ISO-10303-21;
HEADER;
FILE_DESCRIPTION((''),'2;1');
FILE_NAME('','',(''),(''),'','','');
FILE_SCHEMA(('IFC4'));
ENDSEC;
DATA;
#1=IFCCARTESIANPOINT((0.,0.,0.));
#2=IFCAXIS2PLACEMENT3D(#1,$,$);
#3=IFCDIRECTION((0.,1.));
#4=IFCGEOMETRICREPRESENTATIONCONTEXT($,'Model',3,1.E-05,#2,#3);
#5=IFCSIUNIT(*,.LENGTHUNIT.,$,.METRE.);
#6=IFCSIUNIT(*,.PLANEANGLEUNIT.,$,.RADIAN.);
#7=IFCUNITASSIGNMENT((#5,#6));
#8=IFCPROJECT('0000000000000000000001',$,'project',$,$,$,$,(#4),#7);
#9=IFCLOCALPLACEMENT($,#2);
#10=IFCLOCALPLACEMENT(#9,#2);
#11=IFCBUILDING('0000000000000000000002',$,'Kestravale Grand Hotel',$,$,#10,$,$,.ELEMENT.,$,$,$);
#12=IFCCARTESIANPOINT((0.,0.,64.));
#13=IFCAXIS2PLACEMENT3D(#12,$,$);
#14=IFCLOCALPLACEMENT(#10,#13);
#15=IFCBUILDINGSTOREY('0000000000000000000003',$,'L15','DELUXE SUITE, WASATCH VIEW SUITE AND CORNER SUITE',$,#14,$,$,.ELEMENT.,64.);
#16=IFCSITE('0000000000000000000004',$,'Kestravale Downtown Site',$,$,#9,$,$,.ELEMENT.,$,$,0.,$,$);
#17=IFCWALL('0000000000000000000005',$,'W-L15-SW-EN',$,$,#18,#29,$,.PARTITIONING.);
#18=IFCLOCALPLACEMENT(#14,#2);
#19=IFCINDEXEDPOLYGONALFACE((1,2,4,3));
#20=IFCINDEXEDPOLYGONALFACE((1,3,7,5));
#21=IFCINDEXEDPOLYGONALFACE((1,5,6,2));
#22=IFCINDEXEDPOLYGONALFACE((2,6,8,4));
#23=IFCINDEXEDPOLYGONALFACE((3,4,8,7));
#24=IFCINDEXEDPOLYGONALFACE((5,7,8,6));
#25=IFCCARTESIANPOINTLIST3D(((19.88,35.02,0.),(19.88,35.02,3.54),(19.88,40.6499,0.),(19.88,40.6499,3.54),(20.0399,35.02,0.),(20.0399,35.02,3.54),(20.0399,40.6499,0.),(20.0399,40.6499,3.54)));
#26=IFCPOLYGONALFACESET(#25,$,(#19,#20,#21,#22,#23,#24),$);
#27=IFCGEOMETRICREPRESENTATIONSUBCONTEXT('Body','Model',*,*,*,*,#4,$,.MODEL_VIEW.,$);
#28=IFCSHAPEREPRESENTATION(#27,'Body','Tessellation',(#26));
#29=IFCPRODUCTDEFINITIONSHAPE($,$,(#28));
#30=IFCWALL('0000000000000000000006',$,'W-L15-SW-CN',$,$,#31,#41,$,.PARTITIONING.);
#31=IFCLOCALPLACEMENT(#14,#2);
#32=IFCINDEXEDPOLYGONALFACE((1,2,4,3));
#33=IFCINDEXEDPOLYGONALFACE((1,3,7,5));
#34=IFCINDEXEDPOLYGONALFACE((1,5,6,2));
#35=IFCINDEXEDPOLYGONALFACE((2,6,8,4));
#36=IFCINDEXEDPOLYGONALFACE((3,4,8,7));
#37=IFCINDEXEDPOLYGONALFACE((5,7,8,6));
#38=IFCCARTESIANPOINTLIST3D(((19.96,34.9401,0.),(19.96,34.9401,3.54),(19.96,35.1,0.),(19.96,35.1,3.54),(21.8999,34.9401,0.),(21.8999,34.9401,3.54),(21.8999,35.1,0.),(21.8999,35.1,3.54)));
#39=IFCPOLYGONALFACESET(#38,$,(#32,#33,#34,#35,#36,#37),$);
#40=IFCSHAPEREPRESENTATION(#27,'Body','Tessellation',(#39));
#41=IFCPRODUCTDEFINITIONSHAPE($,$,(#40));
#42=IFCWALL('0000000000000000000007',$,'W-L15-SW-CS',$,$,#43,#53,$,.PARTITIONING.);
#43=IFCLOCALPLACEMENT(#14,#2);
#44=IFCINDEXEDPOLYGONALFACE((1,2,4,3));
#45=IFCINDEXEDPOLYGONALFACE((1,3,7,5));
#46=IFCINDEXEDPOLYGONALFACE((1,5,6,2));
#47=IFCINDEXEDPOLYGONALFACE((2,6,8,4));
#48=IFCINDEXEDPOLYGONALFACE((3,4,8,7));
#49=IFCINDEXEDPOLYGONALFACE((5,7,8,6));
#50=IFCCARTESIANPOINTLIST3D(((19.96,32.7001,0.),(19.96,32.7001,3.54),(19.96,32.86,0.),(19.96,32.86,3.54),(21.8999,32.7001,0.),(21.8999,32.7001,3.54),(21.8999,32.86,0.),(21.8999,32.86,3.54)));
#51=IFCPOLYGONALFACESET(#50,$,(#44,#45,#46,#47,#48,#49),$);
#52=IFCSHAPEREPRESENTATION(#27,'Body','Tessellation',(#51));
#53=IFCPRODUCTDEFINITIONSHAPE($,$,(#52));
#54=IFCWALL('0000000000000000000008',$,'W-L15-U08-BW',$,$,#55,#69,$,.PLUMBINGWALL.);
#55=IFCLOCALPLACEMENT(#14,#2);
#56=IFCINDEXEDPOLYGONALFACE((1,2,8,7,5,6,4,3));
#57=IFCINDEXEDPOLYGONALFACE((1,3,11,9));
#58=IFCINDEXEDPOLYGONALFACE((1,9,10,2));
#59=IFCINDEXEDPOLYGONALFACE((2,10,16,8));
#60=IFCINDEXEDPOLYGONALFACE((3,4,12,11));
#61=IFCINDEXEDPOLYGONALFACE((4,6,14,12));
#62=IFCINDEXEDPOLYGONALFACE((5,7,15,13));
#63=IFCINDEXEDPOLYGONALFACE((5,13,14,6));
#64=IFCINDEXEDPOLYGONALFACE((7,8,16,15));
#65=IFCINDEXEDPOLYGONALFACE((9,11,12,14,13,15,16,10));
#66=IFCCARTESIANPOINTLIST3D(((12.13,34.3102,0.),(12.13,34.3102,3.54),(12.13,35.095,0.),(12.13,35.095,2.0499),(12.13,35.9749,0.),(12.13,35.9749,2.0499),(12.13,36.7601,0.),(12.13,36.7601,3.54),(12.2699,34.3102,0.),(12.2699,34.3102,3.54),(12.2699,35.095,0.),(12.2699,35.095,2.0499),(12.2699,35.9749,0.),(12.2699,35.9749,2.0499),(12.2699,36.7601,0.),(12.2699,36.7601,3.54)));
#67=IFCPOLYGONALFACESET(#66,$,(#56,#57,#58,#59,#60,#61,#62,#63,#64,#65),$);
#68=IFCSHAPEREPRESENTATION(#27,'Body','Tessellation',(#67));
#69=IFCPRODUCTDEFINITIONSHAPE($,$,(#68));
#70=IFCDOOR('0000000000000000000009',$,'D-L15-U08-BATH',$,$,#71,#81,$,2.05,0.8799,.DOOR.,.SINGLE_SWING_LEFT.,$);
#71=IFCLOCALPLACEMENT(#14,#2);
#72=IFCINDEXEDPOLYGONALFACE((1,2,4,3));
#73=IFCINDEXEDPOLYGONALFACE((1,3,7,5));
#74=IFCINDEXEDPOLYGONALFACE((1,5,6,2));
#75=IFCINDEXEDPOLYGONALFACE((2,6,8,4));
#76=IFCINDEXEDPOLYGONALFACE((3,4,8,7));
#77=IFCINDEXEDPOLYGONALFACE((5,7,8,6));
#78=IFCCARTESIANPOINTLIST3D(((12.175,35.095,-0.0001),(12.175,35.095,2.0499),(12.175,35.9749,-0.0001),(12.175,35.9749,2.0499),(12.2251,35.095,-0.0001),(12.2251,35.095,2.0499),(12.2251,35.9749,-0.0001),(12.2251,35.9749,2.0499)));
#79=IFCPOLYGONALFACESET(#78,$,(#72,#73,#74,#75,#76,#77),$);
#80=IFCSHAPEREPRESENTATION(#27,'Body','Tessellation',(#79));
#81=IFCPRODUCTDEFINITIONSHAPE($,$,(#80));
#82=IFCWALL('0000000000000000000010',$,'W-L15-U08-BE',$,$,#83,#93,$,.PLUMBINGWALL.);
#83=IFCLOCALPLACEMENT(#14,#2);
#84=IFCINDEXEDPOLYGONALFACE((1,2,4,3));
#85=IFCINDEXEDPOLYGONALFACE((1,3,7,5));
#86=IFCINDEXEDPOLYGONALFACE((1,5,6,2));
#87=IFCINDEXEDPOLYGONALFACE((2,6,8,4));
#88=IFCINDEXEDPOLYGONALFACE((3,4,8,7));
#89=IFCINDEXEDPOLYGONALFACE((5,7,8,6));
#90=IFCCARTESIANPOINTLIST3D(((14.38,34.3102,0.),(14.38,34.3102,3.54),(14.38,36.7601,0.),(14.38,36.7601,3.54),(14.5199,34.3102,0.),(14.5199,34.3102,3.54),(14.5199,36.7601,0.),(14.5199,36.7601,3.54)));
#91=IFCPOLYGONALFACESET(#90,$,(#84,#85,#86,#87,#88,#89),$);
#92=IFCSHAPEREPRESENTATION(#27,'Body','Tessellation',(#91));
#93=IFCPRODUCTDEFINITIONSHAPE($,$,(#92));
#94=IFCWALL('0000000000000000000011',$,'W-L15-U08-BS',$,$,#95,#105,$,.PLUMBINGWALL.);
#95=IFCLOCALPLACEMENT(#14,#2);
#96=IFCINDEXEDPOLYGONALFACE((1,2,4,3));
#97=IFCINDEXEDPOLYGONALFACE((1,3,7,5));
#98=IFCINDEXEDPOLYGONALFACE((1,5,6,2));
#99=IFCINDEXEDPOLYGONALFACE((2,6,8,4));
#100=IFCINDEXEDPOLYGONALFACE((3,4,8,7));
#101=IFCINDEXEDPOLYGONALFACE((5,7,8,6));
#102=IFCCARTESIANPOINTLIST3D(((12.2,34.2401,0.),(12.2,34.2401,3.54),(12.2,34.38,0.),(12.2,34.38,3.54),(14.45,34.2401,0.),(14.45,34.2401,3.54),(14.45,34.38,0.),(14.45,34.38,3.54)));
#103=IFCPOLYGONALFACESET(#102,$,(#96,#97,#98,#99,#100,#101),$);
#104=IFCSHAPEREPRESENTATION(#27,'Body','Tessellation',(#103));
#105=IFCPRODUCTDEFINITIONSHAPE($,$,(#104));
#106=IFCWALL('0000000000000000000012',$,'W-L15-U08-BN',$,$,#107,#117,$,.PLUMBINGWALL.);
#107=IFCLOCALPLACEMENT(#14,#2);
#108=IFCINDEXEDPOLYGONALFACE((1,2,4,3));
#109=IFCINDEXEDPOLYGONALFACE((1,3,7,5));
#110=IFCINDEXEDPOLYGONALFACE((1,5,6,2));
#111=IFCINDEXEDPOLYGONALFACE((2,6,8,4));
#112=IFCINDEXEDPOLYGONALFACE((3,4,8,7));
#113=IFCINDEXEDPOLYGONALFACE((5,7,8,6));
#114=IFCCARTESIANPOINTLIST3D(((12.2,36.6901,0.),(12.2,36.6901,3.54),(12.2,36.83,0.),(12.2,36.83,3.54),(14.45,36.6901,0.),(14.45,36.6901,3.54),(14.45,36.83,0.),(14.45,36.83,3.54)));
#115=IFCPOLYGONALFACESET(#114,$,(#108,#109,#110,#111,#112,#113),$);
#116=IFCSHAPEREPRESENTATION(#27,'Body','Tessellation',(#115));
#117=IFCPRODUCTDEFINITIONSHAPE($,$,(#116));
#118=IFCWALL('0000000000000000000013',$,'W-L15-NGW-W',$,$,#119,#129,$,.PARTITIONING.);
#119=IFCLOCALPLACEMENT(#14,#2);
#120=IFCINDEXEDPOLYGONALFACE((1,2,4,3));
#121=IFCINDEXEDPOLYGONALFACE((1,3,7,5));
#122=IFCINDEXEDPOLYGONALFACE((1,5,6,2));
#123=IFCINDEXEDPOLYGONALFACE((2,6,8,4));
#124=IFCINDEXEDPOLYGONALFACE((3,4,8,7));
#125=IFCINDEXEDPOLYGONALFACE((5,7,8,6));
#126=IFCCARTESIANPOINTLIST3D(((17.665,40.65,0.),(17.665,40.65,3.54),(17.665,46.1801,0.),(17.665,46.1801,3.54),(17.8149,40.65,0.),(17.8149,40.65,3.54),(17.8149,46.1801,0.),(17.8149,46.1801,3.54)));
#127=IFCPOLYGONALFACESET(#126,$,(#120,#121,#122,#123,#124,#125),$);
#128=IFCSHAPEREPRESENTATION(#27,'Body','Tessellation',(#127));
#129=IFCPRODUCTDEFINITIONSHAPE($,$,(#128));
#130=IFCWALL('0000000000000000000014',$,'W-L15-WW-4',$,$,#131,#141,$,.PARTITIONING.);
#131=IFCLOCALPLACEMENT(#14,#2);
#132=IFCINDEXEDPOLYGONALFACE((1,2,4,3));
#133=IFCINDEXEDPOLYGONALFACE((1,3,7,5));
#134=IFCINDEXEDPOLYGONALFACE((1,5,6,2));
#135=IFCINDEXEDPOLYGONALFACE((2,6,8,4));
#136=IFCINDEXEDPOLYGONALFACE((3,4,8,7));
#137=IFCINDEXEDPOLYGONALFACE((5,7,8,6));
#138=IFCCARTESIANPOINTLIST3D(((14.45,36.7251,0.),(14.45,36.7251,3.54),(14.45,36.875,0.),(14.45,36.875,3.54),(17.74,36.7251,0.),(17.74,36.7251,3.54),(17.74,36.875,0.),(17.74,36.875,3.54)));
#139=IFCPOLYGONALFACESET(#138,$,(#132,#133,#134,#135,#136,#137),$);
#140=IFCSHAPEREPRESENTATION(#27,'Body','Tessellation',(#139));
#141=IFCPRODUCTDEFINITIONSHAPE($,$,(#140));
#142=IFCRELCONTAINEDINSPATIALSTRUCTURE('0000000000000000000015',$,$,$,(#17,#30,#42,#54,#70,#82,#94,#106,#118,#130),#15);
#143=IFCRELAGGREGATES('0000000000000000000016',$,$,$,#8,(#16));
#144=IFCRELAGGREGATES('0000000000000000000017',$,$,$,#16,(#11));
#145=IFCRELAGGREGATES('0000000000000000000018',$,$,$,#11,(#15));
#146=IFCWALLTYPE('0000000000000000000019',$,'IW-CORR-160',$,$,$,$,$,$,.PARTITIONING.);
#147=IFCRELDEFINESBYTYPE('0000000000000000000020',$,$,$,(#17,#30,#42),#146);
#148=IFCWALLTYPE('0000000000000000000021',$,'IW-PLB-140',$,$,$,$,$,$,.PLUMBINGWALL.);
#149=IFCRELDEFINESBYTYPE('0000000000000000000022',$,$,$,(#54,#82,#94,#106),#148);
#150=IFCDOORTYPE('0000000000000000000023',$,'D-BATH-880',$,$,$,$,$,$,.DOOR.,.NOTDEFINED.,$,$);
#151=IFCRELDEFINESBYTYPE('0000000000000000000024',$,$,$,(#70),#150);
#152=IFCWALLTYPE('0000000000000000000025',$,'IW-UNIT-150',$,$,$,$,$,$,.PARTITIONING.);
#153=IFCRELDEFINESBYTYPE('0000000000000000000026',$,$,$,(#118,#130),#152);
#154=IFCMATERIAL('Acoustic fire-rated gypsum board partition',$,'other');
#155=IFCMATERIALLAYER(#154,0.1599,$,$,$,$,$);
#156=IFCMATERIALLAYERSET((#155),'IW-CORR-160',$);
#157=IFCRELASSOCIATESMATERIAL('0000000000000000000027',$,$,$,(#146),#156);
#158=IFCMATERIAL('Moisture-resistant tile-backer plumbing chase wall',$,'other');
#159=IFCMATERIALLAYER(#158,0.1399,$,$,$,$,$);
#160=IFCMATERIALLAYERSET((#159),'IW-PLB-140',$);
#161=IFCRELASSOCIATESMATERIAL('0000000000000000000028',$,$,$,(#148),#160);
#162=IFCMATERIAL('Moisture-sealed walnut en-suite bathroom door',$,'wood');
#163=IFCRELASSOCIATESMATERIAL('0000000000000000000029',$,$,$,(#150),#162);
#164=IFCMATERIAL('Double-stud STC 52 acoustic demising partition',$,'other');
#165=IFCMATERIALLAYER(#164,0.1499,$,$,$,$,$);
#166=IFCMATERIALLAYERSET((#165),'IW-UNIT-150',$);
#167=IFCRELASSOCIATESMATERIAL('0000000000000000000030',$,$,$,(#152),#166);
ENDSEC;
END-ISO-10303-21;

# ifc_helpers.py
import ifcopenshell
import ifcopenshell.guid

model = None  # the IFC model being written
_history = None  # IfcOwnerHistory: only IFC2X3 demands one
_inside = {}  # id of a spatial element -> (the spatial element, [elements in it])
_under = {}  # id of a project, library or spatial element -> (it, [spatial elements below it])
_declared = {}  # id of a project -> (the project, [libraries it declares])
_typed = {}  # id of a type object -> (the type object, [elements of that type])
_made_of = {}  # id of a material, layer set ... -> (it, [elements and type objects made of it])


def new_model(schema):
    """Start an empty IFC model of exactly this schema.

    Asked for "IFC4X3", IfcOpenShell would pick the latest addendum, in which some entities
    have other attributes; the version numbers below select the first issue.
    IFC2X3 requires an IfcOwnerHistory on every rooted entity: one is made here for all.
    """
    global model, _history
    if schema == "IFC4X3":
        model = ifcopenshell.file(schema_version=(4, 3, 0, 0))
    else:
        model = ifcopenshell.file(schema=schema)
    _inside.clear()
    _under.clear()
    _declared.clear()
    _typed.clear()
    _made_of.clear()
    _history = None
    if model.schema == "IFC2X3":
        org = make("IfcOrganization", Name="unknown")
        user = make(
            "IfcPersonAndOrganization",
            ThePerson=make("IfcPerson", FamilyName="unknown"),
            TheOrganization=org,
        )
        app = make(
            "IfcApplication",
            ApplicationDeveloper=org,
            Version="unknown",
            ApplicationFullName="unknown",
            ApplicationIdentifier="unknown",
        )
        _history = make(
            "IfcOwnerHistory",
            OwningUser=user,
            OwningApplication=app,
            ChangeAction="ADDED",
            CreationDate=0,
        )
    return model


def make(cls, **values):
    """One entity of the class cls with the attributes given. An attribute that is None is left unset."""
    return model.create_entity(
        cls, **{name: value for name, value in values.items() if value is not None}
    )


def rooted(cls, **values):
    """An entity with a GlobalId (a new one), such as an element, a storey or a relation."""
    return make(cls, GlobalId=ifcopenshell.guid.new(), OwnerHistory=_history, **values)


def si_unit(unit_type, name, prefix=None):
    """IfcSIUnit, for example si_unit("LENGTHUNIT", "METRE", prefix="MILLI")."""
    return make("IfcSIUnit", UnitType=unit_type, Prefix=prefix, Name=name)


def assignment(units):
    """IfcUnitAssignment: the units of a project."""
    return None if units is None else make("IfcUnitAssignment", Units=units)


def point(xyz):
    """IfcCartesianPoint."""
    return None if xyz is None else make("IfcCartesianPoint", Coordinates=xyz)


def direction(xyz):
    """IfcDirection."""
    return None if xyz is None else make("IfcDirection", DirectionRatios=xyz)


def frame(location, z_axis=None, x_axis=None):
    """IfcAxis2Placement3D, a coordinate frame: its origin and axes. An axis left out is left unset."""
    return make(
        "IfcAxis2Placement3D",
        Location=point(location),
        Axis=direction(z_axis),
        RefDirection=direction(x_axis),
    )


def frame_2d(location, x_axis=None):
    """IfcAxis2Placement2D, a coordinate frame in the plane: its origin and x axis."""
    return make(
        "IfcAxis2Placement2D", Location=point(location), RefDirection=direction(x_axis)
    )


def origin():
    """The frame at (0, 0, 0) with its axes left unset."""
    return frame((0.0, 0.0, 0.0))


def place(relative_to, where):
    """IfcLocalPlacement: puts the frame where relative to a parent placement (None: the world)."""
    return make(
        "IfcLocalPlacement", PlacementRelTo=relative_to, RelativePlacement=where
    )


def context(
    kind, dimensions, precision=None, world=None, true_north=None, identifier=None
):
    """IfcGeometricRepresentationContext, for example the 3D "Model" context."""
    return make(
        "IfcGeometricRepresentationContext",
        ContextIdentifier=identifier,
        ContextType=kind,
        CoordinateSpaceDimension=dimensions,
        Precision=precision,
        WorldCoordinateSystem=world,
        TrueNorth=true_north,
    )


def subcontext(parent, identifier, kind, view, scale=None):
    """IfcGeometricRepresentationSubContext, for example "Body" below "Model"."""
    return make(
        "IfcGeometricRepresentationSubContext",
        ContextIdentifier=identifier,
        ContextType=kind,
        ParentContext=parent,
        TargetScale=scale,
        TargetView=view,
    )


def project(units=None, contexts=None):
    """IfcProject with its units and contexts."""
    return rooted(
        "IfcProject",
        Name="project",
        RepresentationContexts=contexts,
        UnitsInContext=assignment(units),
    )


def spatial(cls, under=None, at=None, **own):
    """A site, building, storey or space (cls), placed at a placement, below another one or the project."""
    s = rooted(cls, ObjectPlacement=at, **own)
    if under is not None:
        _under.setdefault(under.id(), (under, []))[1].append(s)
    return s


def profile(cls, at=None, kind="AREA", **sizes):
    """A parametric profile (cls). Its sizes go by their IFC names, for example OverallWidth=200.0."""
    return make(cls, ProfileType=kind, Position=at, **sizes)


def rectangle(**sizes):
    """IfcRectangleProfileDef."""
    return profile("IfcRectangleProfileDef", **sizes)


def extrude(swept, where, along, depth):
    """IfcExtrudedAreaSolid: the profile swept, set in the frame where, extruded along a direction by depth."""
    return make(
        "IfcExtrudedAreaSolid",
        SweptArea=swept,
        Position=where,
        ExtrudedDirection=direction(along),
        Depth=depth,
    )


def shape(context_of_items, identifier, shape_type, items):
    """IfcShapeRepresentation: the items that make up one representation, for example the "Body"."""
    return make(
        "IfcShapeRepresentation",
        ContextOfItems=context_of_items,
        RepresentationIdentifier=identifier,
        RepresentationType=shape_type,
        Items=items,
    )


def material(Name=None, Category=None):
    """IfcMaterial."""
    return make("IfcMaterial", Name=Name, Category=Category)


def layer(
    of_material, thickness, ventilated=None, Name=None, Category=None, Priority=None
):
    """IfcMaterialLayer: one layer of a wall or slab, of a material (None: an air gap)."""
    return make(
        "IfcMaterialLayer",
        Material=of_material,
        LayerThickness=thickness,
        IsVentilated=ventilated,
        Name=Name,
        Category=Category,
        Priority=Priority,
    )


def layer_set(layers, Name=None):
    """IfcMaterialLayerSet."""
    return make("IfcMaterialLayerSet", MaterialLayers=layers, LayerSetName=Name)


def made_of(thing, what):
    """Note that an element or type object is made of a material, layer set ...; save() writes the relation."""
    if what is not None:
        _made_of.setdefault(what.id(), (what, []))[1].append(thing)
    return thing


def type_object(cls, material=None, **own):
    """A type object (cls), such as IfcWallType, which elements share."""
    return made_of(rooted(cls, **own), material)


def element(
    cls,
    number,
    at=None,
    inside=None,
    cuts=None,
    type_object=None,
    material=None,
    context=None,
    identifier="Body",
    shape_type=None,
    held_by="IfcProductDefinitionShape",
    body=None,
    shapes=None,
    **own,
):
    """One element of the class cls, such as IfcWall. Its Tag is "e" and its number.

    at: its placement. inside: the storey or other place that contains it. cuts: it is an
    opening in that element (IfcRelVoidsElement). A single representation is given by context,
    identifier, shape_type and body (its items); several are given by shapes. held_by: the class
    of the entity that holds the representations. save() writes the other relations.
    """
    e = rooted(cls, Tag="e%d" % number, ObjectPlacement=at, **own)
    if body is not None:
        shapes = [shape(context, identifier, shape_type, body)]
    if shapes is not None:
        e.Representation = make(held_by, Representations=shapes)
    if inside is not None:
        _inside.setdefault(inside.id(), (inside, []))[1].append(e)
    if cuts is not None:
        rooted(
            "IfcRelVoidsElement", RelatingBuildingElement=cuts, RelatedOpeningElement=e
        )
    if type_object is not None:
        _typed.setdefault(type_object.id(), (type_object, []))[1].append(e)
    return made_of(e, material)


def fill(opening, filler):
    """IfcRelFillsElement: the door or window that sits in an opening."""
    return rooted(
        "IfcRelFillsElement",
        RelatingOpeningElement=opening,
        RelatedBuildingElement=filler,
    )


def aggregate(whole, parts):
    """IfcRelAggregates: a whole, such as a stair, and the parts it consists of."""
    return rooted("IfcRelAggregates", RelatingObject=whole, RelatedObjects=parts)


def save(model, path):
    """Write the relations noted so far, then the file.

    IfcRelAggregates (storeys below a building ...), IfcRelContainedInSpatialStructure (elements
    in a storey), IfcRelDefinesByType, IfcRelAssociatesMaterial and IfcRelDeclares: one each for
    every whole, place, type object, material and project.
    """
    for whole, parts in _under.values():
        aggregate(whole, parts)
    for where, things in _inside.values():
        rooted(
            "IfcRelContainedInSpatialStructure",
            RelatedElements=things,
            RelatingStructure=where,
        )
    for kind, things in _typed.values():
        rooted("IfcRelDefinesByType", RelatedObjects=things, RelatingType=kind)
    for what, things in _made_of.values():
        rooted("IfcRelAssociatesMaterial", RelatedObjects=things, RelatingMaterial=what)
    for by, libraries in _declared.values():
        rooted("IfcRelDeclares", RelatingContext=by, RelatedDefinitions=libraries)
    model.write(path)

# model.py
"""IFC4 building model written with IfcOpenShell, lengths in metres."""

from ifc_helpers import new_model, si_unit, direction, frame, frame_2d, origin, place, context, subcontext, project, spatial, rectangle, extrude, material, layer, layer_set, type_object, element, fill, save


model = new_model("IFC4")

# Units and contexts
model_context = context("Model", 3, precision=1e-05, world=origin(), true_north=direction((0.0, 1.0)))
body_context = subcontext(model_context, "Body", "Model", "MODEL_VIEW")
ifc_project = project(units=[si_unit("LENGTHUNIT", "METRE"), si_unit("PLANEANGLEUNIT", "RADIAN")], contexts=[model_context])

# Site, building, storey
site_placement = place(None, origin())
site = spatial("IfcSite", under=ifc_project, at=site_placement, Name="Kestravale Downtown Site", CompositionType="ELEMENT", RefElevation=0.0)
building_placement = place(site_placement, origin())
building = spatial("IfcBuilding", under=site, at=building_placement, Name="Kestravale Grand Hotel", CompositionType="ELEMENT")
storey_placement = place(building_placement, frame((0.0, 0.0, 64.0)))
storey = spatial("IfcBuildingStorey", under=building, at=storey_placement, Name="L15", Description="DELUXE SUITE, WASATCH VIEW SUITE AND CORNER SUITE", CompositionType="ELEMENT", Elevation=64.0)

# Walls
ifc_material_1 = material(Name="Acoustic fire-rated gypsum board partition", Category="other")
ifc_layer_1 = layer(ifc_material_1, 0.1599)
ifc_layer_set_1 = layer_set([ifc_layer_1], Name="IW-CORR-160")
wall_type_1 = type_object("IfcWallType", Name="IW-CORR-160", PredefinedType="PARTITIONING", material=ifc_layer_set_1)
wall_1_placement = place(storey_placement, frame((19.96, 35.02, 0.0), z_axis=(0.0, 0.0, 1.0), x_axis=(0.0, 1.0, 0.0)))
element("IfcWall", 1, at=wall_1_placement, inside=storey, type_object=wall_type_1, Name="W-L15-SW-EN", PredefinedType="PARTITIONING", context=body_context, shape_type="SweptSolid", body=[
    extrude(rectangle(XDim=5.6299, YDim=0.1599, at=frame_2d((2.8149, 0.0))), origin(), (0.0, 0.0, 1.0), 3.54),
])
for number, where, z_axis, x_axis, name in (
    (2, (19.96, 35.02, 0.0), (0.0, 0.0, 1.0), (1.0, 0.0, 0.0), "W-L15-SW-CN"),
    (3, (19.96, 32.78, 0.0), (0.0, 0.0, 1.0), (1.0, 0.0, 0.0), "W-L15-SW-CS"),
):
    element("IfcWall", number, at=place(storey_placement, frame(where, z_axis=z_axis, x_axis=x_axis)), inside=storey, type_object=wall_type_1, Name=name, PredefinedType="PARTITIONING", context=body_context, shape_type="SweptSolid", body=[
        extrude(rectangle(XDim=1.9399, YDim=0.1599, at=frame_2d((0.97, 0.0))), origin(), (0.0, 0.0, 1.0), 3.54),
    ])

# Wall, opening, door
ifc_material_2 = material(Name="Moisture-resistant tile-backer plumbing chase wall", Category="other")
ifc_layer_2 = layer(ifc_material_2, 0.1399)
ifc_layer_set_2 = layer_set([ifc_layer_2], Name="IW-PLB-140")
wall_type_2 = type_object("IfcWallType", Name="IW-PLB-140", PredefinedType="PLUMBINGWALL", material=ifc_layer_set_2)
wall_2_placement = place(storey_placement, frame((12.2, 34.3101, 0.0), z_axis=(0.0, 0.0, 1.0), x_axis=(0.0, 1.0, 0.0)))
wall_2 = element("IfcWall", 4, at=wall_2_placement, inside=storey, type_object=wall_type_2, Name="W-L15-U08-BW", PredefinedType="PLUMBINGWALL", context=body_context, shape_type="SweptSolid", body=[
    extrude(rectangle(XDim=2.45, YDim=0.1399, at=frame_2d((1.2251, 0.0))), origin(), (0.0, 0.0, 1.0), 3.54),
])
opening_1_placement = place(wall_2_placement, frame((0.7849, 0.0, 0.0)))
opening_1 = element("IfcOpeningElement", 5, at=opening_1_placement, cuts=wall_2, PredefinedType="OPENING", context=body_context, shape_type="SweptSolid", body=[
    extrude(rectangle(XDim=0.8799, YDim=2.05, at=frame_2d((0.4399, 1.0249))), frame((0.0, 0.0798, 0.0), z_axis=(0.0, -1.0, 0.0), x_axis=(1.0, 0.0, 0.0)), (0.0, 0.0, 1.0), 0.1599),
])
ifc_material_3 = material(Name="Moisture-sealed walnut en-suite bathroom door", Category="wood")
door_type_1 = type_object("IfcDoorType", Name="D-BATH-880", OperationType="NOTDEFINED", PredefinedType="DOOR", material=ifc_material_3)
door_1_placement = place(opening_1_placement, origin())
door_1 = element("IfcDoor", 6, at=door_1_placement, inside=storey, type_object=door_type_1, Name="D-L15-U08-BATH", OperationType="SINGLE_SWING_LEFT", OverallHeight=2.05, OverallWidth=0.8799, PredefinedType="DOOR", context=body_context, shape_type="SweptSolid", body=[
    extrude(rectangle(XDim=0.8799, YDim=2.05, at=frame_2d((0.4399, 1.0249))), frame((0.0, 0.0249, 0.0), z_axis=(0.0, -1.0, 0.0), x_axis=(1.0, 0.0, 0.0)), (0.0, 0.0, 1.0), 0.05),
])
fill(opening_1, door_1)

# Walls
wall_3_placement = place(storey_placement, frame((14.45, 34.3101, 0.0), z_axis=(0.0, 0.0, 1.0), x_axis=(0.0, 1.0, 0.0)))
element("IfcWall", 7, at=wall_3_placement, inside=storey, type_object=wall_type_2, Name="W-L15-U08-BE", PredefinedType="PLUMBINGWALL", context=body_context, shape_type="SweptSolid", body=[
    extrude(rectangle(XDim=2.45, YDim=0.1399, at=frame_2d((1.2251, 0.0))), origin(), (0.0, 0.0, 1.0), 3.54),
])
for number, where, z_axis, x_axis, name in (
    (8, (12.2, 34.3101, 0.0), (0.0, 0.0, 1.0), (1.0, 0.0, 0.0), "W-L15-U08-BS"),
    (9, (12.2, 36.76, 0.0), (0.0, 0.0, 1.0), (1.0, 0.0, 0.0), "W-L15-U08-BN"),
):
    element("IfcWall", number, at=place(storey_placement, frame(where, z_axis=z_axis, x_axis=x_axis)), inside=storey, type_object=wall_type_2, Name=name, PredefinedType="PLUMBINGWALL", context=body_context, shape_type="SweptSolid", body=[
        extrude(rectangle(XDim=2.25, YDim=0.1399, at=frame_2d((1.125, 0.0))), origin(), (0.0, 0.0, 1.0), 3.54),
    ])

# Shared definitions
ifc_material_4 = material(Name="Double-stud STC 52 acoustic demising partition", Category="other")
ifc_layer_3 = layer(ifc_material_4, 0.1499)
ifc_layer_set_3 = layer_set([ifc_layer_3], Name="IW-UNIT-150")
wall_type_3 = type_object("IfcWallType", Name="IW-UNIT-150", PredefinedType="PARTITIONING", material=ifc_layer_set_3)

# Walls
wall_4_placement = place(storey_placement, frame((17.74, 40.6499, 0.0), z_axis=(0.0, 0.0, 1.0), x_axis=(0.0, 1.0, 0.0)))
element("IfcWall", 10, at=wall_4_placement, inside=storey, type_object=wall_type_3, Name="W-L15-NGW-W", PredefinedType="PARTITIONING", context=body_context, shape_type="SweptSolid", body=[
    extrude(rectangle(XDim=5.53, YDim=0.1499, at=frame_2d((2.7651, 0.0))), origin(), (0.0, 0.0, 1.0), 3.54),
])
wall_5_placement = place(storey_placement, frame((14.45, 36.8, 0.0), z_axis=(0.0, 0.0, 1.0), x_axis=(1.0, 0.0, 0.0)))
element("IfcWall", 11, at=wall_5_placement, inside=storey, type_object=wall_type_3, Name="W-L15-WW-4", PredefinedType="PARTITIONING", context=body_context, shape_type="SweptSolid", body=[
    extrude(rectangle(XDim=3.29, YDim=0.1499, at=frame_2d((1.645, 0.0))), origin(), (0.0, 0.0, 1.0), 3.54),
])

save(model, "model.ifc")
